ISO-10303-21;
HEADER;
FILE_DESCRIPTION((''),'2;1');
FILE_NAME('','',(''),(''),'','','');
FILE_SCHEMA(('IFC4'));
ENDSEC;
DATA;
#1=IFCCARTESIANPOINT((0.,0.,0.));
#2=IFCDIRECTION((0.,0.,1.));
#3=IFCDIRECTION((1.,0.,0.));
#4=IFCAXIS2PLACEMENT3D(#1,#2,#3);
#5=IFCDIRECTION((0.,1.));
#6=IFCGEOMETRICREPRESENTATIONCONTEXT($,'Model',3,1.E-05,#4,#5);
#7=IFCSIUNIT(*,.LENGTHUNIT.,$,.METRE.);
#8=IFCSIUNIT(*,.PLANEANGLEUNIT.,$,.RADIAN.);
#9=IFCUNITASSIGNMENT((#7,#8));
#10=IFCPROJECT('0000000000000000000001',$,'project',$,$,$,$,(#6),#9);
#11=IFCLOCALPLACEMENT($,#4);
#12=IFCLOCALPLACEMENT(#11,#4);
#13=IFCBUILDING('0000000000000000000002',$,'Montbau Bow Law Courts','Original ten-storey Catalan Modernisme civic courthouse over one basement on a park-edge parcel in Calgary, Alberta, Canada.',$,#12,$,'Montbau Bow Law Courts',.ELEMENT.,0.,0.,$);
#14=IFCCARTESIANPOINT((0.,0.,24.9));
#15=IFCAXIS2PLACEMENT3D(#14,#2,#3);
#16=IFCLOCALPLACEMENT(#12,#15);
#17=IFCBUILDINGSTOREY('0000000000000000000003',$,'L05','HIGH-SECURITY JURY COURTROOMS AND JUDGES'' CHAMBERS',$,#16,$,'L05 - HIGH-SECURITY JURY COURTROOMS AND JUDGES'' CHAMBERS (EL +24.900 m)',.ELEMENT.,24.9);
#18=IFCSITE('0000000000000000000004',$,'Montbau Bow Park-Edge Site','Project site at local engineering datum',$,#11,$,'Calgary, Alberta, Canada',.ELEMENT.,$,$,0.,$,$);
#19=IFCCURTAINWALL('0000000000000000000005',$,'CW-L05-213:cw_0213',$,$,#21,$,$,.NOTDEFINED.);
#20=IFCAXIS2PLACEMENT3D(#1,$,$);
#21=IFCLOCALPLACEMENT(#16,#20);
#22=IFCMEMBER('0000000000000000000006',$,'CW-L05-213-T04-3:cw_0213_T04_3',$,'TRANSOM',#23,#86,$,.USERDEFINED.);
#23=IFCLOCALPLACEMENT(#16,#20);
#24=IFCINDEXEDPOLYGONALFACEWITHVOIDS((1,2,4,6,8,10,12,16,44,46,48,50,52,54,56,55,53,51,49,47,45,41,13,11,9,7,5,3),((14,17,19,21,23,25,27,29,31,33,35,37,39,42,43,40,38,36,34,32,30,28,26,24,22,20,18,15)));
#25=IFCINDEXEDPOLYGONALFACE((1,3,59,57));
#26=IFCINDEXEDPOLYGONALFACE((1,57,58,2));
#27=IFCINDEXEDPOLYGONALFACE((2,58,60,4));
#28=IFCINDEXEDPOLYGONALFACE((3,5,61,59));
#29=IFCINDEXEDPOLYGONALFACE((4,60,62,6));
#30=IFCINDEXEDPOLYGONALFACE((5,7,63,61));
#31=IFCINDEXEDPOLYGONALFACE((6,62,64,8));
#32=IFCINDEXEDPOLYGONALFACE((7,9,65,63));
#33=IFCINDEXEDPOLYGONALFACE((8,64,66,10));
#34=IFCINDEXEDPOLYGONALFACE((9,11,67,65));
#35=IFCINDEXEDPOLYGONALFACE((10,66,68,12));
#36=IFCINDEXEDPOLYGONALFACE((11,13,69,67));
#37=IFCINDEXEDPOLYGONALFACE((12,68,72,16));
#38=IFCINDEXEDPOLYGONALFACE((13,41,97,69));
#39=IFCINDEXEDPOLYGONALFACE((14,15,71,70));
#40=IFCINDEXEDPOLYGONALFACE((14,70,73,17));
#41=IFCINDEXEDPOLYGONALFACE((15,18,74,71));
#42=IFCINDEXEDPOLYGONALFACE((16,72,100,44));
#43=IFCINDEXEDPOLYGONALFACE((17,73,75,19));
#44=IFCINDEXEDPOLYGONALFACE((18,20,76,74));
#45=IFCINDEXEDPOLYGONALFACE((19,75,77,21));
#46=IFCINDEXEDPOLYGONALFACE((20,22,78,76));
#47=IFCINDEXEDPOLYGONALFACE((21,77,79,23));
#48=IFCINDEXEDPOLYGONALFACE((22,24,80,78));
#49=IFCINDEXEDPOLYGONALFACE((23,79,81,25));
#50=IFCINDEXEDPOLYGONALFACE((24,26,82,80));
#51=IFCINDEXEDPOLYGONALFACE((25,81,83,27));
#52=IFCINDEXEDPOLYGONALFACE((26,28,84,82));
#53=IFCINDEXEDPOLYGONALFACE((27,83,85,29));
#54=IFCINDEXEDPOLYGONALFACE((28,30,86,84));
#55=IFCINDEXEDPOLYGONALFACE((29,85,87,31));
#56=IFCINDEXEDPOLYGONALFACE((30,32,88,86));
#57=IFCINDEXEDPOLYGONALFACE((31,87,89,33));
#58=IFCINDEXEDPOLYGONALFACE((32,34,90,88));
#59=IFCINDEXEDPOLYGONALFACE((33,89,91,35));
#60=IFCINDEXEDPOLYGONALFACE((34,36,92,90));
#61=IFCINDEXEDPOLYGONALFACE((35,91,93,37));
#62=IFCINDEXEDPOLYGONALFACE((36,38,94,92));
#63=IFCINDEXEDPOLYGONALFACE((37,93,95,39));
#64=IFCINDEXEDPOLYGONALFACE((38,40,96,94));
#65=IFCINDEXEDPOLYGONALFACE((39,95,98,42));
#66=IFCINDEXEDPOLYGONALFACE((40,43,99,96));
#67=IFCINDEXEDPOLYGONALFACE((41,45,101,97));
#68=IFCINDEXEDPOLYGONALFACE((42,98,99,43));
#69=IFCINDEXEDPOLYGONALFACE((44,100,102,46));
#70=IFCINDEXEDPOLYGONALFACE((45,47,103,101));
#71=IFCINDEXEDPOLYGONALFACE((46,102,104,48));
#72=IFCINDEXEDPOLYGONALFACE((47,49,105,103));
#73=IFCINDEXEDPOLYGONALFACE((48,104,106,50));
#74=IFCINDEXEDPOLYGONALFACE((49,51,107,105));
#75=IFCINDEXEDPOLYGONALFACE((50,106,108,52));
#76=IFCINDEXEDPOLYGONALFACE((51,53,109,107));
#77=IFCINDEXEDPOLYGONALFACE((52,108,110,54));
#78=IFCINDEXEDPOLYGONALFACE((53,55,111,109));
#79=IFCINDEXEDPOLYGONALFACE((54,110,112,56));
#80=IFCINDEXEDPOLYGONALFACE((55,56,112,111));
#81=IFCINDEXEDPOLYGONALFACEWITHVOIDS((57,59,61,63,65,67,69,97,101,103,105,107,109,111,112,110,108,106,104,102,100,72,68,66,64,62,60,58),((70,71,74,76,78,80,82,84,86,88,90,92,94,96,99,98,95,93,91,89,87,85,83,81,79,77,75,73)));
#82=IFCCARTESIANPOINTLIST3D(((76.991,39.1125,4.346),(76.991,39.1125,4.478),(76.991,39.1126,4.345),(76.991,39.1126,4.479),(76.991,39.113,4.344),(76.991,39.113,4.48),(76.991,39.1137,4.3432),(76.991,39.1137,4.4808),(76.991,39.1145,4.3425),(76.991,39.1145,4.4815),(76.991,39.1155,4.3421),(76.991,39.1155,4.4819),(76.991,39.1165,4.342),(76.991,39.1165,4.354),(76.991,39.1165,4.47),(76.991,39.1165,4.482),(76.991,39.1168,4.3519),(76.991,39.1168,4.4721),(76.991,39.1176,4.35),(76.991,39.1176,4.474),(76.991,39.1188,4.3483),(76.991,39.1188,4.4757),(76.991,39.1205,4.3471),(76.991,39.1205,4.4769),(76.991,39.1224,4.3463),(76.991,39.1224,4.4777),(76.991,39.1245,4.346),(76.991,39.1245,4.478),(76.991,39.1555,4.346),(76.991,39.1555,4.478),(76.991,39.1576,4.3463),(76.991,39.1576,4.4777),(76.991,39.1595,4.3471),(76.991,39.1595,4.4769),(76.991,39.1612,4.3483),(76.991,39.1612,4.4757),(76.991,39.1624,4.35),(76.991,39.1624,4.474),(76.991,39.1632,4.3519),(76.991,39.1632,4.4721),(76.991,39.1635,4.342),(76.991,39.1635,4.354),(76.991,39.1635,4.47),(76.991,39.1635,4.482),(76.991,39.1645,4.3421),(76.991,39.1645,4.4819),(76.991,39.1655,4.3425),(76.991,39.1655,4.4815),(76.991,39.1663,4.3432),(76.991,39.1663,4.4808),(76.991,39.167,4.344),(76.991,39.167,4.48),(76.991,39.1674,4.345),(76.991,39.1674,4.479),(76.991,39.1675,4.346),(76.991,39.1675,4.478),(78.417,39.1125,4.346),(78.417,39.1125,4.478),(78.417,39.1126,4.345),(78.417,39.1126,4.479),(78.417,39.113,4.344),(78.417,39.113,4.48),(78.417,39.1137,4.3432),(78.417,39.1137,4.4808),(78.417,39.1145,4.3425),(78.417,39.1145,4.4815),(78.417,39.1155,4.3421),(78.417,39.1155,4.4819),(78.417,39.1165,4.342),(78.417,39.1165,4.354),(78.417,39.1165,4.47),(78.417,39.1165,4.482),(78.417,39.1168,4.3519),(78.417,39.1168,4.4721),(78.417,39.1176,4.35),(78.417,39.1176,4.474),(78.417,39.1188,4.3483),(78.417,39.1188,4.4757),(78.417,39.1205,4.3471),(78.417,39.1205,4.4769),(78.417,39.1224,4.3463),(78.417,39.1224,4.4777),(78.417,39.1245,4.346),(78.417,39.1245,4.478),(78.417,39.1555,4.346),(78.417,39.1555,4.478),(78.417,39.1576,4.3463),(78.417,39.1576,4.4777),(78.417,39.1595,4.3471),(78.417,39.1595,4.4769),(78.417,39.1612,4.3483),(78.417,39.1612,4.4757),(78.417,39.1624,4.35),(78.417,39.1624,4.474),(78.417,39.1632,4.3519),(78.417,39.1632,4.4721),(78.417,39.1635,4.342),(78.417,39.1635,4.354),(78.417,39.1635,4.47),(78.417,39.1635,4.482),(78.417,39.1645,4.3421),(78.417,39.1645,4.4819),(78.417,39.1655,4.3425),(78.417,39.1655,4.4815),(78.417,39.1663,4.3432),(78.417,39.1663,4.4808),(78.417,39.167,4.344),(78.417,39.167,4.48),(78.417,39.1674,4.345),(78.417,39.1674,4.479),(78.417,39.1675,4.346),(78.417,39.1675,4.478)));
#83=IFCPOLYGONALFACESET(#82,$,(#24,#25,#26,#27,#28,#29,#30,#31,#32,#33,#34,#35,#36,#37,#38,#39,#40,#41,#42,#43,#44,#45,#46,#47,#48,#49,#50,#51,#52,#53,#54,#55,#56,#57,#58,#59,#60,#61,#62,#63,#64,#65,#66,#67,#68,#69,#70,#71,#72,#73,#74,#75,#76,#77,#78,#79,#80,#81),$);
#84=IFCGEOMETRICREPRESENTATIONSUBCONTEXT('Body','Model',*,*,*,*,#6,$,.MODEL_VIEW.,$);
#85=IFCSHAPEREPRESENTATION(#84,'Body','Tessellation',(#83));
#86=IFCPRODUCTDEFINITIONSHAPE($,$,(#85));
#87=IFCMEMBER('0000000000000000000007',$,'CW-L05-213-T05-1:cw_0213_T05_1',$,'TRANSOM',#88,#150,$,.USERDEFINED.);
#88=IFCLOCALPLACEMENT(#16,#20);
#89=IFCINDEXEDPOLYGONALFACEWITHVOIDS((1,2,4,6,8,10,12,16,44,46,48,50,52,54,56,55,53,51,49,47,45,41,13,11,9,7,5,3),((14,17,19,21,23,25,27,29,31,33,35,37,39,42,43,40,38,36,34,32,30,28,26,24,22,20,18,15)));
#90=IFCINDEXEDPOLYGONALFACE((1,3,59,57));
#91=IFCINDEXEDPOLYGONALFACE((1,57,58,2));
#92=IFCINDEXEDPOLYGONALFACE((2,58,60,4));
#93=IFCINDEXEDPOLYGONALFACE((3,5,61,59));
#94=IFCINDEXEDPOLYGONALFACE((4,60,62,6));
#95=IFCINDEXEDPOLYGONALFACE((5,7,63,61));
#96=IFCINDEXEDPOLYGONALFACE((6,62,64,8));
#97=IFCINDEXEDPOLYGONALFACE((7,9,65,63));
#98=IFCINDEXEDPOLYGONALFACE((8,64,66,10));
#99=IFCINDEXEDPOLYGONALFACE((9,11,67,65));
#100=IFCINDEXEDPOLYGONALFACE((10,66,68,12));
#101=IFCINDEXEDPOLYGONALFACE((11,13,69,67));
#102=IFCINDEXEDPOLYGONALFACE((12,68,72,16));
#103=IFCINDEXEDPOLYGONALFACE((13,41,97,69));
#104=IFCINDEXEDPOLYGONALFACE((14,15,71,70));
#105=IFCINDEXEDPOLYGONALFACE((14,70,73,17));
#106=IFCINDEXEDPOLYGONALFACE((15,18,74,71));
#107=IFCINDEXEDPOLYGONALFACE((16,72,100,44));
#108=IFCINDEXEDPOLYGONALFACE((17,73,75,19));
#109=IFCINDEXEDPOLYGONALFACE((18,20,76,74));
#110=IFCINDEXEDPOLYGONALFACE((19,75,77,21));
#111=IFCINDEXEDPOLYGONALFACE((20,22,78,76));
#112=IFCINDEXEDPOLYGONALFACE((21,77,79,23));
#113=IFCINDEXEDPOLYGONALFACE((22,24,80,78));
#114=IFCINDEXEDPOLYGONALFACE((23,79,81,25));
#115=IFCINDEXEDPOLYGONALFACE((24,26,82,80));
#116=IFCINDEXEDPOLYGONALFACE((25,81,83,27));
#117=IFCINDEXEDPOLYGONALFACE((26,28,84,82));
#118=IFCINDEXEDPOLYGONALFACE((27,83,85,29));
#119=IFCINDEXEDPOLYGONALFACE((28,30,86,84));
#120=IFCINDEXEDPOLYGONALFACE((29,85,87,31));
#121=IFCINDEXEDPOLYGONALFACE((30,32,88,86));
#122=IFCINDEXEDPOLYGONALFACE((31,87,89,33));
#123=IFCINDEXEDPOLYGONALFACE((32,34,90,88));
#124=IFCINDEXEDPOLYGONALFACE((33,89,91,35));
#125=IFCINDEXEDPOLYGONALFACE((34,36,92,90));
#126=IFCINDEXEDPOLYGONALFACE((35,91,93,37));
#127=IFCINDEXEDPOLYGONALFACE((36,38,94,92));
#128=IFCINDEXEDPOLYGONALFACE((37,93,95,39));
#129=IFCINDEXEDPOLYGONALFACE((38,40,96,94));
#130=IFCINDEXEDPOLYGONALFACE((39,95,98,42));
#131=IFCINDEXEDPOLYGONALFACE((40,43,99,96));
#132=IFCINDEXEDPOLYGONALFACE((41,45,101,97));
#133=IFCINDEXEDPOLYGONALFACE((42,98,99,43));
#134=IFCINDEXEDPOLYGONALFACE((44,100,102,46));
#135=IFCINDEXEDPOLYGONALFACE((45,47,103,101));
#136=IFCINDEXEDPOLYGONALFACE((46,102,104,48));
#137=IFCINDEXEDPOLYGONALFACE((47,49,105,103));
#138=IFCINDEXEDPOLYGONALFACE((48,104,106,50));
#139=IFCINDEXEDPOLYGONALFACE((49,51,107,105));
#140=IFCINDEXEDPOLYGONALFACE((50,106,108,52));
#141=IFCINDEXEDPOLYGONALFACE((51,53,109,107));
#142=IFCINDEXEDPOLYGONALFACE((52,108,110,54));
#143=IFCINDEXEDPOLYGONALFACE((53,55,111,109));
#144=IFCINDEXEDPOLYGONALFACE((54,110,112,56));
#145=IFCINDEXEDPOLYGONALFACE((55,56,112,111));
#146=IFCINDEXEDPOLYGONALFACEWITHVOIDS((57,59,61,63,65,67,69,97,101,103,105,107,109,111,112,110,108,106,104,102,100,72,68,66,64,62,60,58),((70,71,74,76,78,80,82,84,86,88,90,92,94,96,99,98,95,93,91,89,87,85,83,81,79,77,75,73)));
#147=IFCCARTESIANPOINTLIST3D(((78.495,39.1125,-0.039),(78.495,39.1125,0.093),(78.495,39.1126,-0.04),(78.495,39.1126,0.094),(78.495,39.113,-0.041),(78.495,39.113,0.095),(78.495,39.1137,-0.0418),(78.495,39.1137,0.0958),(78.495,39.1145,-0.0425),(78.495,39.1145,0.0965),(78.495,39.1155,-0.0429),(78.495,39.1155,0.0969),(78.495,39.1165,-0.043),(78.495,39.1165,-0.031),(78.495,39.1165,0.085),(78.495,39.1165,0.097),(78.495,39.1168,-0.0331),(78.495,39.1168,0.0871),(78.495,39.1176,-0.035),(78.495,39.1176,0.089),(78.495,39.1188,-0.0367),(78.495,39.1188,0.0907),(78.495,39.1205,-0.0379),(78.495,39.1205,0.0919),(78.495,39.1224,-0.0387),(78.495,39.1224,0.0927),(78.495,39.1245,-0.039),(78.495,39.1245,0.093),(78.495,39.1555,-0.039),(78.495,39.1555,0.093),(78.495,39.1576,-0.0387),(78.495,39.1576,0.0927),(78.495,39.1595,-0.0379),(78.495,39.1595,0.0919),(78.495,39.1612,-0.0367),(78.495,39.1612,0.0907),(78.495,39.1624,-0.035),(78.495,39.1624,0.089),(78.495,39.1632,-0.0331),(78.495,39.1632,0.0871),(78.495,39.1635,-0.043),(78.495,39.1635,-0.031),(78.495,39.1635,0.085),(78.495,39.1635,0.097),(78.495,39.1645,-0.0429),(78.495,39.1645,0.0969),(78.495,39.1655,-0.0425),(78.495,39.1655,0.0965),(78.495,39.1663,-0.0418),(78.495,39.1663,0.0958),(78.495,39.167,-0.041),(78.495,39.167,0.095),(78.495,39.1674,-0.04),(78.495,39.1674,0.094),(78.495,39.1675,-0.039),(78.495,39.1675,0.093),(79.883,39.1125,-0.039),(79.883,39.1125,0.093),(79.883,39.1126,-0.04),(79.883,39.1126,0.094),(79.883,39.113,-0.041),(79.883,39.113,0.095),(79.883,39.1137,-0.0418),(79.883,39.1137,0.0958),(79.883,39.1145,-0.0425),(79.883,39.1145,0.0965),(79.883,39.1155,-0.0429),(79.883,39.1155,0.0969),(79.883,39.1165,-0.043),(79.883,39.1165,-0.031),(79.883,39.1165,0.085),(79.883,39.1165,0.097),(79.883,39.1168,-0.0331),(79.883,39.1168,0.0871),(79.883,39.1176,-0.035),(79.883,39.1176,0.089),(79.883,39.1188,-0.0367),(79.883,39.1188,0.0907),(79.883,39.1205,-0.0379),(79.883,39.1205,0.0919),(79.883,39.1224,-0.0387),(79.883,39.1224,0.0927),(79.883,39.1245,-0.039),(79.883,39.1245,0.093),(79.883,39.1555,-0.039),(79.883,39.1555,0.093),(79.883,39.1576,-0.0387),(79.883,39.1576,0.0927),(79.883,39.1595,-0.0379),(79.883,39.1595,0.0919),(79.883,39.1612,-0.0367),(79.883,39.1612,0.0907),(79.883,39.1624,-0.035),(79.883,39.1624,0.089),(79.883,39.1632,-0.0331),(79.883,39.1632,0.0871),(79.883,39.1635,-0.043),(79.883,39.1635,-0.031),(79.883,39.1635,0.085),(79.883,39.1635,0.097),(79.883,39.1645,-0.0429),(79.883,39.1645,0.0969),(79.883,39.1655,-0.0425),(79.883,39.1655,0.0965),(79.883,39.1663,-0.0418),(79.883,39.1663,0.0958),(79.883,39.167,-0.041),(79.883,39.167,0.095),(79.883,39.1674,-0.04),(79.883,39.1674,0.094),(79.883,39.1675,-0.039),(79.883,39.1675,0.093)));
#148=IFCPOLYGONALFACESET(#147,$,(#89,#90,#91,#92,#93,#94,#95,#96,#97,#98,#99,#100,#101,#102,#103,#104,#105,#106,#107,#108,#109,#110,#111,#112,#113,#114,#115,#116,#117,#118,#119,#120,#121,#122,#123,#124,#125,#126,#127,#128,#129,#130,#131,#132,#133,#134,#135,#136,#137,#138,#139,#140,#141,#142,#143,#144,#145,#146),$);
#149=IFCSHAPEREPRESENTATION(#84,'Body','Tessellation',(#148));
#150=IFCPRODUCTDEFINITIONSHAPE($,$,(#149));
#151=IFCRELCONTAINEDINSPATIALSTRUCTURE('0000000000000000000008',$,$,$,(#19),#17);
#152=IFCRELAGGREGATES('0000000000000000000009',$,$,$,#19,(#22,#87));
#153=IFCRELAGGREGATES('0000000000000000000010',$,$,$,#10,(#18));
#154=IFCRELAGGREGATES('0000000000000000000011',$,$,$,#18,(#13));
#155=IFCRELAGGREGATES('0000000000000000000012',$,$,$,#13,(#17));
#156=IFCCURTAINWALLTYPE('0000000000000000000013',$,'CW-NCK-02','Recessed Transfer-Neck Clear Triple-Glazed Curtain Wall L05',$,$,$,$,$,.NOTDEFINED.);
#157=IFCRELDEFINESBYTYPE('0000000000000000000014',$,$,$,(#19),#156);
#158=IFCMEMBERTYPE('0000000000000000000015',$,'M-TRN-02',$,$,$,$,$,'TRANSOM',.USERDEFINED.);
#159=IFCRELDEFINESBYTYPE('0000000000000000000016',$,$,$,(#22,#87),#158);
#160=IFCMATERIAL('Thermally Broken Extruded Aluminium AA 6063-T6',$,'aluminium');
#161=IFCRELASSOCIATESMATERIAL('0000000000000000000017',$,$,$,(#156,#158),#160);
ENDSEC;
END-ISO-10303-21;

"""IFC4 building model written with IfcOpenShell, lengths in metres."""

from ifc_helpers import new_model, si_unit, direction, frame, origin_with_axes, origin_2d_with_axis, place, context, subcontext, project, spatial, hollow_rectangle, extrude, material, material_profile, profile_set, type_object, element, aggregate, save


model = new_model("IFC4")

# Units and contexts
model_context = context("Model", 3, precision=1e-05, world=origin_with_axes(), true_north=direction((0.0, 1.0)))
body_context = subcontext(model_context, "Body", "Model", "MODEL_VIEW")
ifc_project = project(units=[si_unit("LENGTHUNIT", "METRE"), si_unit("PLANEANGLEUNIT", "RADIAN")], contexts=[model_context])

# Site, building, storey
site_placement = place(None, origin_with_axes())
site = spatial("IfcSite", under=ifc_project, at=site_placement, Name="Montbau Bow Park-Edge Site", Description="Project site at local engineering datum", LongName="Calgary, Alberta, Canada", CompositionType="ELEMENT", RefElevation=0.0)
building_placement = place(site_placement, origin_with_axes())
building = spatial("IfcBuilding", under=site, at=building_placement, Name="Montbau Bow Law Courts", Description="Original ten-storey Catalan Modernisme civic courthouse over one basement on a park-edge parcel in Calgary, Alberta, Canada.", LongName="Montbau Bow Law Courts", CompositionType="ELEMENT", ElevationOfRefHeight=0.0, ElevationOfTerrain=0.0)
storey_placement = place(building_placement, frame((0.0, 0.0, 24.9), z_axis=(0.0, 0.0, 1.0), x_axis=(1.0, 0.0, 0.0)))
storey = spatial("IfcBuildingStorey", under=building, at=storey_placement, Name="L05", Description="HIGH-SECURITY JURY COURTROOMS AND JUDGES' CHAMBERS", LongName="L05 - HIGH-SECURITY JURY COURTROOMS AND JUDGES' CHAMBERS (EL +24.900 m)", CompositionType="ELEMENT", Elevation=24.9)

# Curtain wall
ifc_material_1 = material(Name="Thermally Broken Extruded Aluminium AA 6063-T6", Category="aluminium")
curtain_wall_type = type_object("IfcCurtainWallType", Name="CW-NCK-02", Description="Recessed Transfer-Neck Clear Triple-Glazed Curtain Wall L05", PredefinedType="NOTDEFINED", material=ifc_material_1)
curtain_wall_1_placement = place(None, frame((72.44, 39.14, 24.9), z_axis=(0.0, 0.0, 1.0), x_axis=(1.0, 0.0, 0.0)))
curtain_wall_1 = element("IfcCurtainWall", 1, at=curtain_wall_1_placement, inside=storey, type_object=curtain_wall_type, Name="CW-L05-213:cw_0213", PredefinedType="NOTDEFINED")

# Members
ifc_material_profile_1 = material_profile(ifc_material_1, hollow_rectangle(XDim=0.055, YDim=0.14, WallThickness=0.004, InnerFilletRadius=0.008, OuterFilletRadius=0.004, at=origin_2d_with_axis()), Name="CWT-140X55", Category="Main", Priority=0)
ifc_profile_set_1 = profile_set([ifc_material_profile_1], Name="Thermally Broken Extruded Aluminium AA 6063-T6")
member_type_1 = type_object("IfcMemberType", Name="M-TRN-02", ElementType="TRANSOM", PredefinedType="USERDEFINED", material=ifc_profile_set_1)
member_1_placement = place(None, frame((76.991, 39.14, 29.312), z_axis=(1.0, 0.0, 0.0), x_axis=(0.0, 1.0, 0.0)))
member_1 = element("IfcMember", 2, at=member_1_placement, type_object=member_type_1, Name="CW-L05-213-T04-3:cw_0213_T04_3", ObjectType="TRANSOM", PredefinedType="USERDEFINED", context=body_context, shape_type="SweptSolid", body=[
    extrude(hollow_rectangle(XDim=0.055, YDim=0.14, WallThickness=0.004, InnerFilletRadius=0.008, OuterFilletRadius=0.004, at=origin_2d_with_axis()), origin_with_axes(), (0.0, 0.0, 1.0), 1.426),
])
member_2_placement = place(None, frame((78.495, 39.14, 24.927), z_axis=(1.0, 0.0, 0.0), x_axis=(0.0, 1.0, 0.0)))
member_2 = element("IfcMember", 3, at=member_2_placement, type_object=member_type_1, Name="CW-L05-213-T05-1:cw_0213_T05_1", ObjectType="TRANSOM", PredefinedType="USERDEFINED", context=body_context, shape_type="SweptSolid", body=[
    extrude(hollow_rectangle(XDim=0.055, YDim=0.14, WallThickness=0.004, InnerFilletRadius=0.008, OuterFilletRadius=0.004, at=origin_2d_with_axis()), origin_with_axes(), (0.0, 0.0, 1.0), 1.388),
])

aggregate(curtain_wall_1, [member_1, member_2])

save(model, "model.ifc")
